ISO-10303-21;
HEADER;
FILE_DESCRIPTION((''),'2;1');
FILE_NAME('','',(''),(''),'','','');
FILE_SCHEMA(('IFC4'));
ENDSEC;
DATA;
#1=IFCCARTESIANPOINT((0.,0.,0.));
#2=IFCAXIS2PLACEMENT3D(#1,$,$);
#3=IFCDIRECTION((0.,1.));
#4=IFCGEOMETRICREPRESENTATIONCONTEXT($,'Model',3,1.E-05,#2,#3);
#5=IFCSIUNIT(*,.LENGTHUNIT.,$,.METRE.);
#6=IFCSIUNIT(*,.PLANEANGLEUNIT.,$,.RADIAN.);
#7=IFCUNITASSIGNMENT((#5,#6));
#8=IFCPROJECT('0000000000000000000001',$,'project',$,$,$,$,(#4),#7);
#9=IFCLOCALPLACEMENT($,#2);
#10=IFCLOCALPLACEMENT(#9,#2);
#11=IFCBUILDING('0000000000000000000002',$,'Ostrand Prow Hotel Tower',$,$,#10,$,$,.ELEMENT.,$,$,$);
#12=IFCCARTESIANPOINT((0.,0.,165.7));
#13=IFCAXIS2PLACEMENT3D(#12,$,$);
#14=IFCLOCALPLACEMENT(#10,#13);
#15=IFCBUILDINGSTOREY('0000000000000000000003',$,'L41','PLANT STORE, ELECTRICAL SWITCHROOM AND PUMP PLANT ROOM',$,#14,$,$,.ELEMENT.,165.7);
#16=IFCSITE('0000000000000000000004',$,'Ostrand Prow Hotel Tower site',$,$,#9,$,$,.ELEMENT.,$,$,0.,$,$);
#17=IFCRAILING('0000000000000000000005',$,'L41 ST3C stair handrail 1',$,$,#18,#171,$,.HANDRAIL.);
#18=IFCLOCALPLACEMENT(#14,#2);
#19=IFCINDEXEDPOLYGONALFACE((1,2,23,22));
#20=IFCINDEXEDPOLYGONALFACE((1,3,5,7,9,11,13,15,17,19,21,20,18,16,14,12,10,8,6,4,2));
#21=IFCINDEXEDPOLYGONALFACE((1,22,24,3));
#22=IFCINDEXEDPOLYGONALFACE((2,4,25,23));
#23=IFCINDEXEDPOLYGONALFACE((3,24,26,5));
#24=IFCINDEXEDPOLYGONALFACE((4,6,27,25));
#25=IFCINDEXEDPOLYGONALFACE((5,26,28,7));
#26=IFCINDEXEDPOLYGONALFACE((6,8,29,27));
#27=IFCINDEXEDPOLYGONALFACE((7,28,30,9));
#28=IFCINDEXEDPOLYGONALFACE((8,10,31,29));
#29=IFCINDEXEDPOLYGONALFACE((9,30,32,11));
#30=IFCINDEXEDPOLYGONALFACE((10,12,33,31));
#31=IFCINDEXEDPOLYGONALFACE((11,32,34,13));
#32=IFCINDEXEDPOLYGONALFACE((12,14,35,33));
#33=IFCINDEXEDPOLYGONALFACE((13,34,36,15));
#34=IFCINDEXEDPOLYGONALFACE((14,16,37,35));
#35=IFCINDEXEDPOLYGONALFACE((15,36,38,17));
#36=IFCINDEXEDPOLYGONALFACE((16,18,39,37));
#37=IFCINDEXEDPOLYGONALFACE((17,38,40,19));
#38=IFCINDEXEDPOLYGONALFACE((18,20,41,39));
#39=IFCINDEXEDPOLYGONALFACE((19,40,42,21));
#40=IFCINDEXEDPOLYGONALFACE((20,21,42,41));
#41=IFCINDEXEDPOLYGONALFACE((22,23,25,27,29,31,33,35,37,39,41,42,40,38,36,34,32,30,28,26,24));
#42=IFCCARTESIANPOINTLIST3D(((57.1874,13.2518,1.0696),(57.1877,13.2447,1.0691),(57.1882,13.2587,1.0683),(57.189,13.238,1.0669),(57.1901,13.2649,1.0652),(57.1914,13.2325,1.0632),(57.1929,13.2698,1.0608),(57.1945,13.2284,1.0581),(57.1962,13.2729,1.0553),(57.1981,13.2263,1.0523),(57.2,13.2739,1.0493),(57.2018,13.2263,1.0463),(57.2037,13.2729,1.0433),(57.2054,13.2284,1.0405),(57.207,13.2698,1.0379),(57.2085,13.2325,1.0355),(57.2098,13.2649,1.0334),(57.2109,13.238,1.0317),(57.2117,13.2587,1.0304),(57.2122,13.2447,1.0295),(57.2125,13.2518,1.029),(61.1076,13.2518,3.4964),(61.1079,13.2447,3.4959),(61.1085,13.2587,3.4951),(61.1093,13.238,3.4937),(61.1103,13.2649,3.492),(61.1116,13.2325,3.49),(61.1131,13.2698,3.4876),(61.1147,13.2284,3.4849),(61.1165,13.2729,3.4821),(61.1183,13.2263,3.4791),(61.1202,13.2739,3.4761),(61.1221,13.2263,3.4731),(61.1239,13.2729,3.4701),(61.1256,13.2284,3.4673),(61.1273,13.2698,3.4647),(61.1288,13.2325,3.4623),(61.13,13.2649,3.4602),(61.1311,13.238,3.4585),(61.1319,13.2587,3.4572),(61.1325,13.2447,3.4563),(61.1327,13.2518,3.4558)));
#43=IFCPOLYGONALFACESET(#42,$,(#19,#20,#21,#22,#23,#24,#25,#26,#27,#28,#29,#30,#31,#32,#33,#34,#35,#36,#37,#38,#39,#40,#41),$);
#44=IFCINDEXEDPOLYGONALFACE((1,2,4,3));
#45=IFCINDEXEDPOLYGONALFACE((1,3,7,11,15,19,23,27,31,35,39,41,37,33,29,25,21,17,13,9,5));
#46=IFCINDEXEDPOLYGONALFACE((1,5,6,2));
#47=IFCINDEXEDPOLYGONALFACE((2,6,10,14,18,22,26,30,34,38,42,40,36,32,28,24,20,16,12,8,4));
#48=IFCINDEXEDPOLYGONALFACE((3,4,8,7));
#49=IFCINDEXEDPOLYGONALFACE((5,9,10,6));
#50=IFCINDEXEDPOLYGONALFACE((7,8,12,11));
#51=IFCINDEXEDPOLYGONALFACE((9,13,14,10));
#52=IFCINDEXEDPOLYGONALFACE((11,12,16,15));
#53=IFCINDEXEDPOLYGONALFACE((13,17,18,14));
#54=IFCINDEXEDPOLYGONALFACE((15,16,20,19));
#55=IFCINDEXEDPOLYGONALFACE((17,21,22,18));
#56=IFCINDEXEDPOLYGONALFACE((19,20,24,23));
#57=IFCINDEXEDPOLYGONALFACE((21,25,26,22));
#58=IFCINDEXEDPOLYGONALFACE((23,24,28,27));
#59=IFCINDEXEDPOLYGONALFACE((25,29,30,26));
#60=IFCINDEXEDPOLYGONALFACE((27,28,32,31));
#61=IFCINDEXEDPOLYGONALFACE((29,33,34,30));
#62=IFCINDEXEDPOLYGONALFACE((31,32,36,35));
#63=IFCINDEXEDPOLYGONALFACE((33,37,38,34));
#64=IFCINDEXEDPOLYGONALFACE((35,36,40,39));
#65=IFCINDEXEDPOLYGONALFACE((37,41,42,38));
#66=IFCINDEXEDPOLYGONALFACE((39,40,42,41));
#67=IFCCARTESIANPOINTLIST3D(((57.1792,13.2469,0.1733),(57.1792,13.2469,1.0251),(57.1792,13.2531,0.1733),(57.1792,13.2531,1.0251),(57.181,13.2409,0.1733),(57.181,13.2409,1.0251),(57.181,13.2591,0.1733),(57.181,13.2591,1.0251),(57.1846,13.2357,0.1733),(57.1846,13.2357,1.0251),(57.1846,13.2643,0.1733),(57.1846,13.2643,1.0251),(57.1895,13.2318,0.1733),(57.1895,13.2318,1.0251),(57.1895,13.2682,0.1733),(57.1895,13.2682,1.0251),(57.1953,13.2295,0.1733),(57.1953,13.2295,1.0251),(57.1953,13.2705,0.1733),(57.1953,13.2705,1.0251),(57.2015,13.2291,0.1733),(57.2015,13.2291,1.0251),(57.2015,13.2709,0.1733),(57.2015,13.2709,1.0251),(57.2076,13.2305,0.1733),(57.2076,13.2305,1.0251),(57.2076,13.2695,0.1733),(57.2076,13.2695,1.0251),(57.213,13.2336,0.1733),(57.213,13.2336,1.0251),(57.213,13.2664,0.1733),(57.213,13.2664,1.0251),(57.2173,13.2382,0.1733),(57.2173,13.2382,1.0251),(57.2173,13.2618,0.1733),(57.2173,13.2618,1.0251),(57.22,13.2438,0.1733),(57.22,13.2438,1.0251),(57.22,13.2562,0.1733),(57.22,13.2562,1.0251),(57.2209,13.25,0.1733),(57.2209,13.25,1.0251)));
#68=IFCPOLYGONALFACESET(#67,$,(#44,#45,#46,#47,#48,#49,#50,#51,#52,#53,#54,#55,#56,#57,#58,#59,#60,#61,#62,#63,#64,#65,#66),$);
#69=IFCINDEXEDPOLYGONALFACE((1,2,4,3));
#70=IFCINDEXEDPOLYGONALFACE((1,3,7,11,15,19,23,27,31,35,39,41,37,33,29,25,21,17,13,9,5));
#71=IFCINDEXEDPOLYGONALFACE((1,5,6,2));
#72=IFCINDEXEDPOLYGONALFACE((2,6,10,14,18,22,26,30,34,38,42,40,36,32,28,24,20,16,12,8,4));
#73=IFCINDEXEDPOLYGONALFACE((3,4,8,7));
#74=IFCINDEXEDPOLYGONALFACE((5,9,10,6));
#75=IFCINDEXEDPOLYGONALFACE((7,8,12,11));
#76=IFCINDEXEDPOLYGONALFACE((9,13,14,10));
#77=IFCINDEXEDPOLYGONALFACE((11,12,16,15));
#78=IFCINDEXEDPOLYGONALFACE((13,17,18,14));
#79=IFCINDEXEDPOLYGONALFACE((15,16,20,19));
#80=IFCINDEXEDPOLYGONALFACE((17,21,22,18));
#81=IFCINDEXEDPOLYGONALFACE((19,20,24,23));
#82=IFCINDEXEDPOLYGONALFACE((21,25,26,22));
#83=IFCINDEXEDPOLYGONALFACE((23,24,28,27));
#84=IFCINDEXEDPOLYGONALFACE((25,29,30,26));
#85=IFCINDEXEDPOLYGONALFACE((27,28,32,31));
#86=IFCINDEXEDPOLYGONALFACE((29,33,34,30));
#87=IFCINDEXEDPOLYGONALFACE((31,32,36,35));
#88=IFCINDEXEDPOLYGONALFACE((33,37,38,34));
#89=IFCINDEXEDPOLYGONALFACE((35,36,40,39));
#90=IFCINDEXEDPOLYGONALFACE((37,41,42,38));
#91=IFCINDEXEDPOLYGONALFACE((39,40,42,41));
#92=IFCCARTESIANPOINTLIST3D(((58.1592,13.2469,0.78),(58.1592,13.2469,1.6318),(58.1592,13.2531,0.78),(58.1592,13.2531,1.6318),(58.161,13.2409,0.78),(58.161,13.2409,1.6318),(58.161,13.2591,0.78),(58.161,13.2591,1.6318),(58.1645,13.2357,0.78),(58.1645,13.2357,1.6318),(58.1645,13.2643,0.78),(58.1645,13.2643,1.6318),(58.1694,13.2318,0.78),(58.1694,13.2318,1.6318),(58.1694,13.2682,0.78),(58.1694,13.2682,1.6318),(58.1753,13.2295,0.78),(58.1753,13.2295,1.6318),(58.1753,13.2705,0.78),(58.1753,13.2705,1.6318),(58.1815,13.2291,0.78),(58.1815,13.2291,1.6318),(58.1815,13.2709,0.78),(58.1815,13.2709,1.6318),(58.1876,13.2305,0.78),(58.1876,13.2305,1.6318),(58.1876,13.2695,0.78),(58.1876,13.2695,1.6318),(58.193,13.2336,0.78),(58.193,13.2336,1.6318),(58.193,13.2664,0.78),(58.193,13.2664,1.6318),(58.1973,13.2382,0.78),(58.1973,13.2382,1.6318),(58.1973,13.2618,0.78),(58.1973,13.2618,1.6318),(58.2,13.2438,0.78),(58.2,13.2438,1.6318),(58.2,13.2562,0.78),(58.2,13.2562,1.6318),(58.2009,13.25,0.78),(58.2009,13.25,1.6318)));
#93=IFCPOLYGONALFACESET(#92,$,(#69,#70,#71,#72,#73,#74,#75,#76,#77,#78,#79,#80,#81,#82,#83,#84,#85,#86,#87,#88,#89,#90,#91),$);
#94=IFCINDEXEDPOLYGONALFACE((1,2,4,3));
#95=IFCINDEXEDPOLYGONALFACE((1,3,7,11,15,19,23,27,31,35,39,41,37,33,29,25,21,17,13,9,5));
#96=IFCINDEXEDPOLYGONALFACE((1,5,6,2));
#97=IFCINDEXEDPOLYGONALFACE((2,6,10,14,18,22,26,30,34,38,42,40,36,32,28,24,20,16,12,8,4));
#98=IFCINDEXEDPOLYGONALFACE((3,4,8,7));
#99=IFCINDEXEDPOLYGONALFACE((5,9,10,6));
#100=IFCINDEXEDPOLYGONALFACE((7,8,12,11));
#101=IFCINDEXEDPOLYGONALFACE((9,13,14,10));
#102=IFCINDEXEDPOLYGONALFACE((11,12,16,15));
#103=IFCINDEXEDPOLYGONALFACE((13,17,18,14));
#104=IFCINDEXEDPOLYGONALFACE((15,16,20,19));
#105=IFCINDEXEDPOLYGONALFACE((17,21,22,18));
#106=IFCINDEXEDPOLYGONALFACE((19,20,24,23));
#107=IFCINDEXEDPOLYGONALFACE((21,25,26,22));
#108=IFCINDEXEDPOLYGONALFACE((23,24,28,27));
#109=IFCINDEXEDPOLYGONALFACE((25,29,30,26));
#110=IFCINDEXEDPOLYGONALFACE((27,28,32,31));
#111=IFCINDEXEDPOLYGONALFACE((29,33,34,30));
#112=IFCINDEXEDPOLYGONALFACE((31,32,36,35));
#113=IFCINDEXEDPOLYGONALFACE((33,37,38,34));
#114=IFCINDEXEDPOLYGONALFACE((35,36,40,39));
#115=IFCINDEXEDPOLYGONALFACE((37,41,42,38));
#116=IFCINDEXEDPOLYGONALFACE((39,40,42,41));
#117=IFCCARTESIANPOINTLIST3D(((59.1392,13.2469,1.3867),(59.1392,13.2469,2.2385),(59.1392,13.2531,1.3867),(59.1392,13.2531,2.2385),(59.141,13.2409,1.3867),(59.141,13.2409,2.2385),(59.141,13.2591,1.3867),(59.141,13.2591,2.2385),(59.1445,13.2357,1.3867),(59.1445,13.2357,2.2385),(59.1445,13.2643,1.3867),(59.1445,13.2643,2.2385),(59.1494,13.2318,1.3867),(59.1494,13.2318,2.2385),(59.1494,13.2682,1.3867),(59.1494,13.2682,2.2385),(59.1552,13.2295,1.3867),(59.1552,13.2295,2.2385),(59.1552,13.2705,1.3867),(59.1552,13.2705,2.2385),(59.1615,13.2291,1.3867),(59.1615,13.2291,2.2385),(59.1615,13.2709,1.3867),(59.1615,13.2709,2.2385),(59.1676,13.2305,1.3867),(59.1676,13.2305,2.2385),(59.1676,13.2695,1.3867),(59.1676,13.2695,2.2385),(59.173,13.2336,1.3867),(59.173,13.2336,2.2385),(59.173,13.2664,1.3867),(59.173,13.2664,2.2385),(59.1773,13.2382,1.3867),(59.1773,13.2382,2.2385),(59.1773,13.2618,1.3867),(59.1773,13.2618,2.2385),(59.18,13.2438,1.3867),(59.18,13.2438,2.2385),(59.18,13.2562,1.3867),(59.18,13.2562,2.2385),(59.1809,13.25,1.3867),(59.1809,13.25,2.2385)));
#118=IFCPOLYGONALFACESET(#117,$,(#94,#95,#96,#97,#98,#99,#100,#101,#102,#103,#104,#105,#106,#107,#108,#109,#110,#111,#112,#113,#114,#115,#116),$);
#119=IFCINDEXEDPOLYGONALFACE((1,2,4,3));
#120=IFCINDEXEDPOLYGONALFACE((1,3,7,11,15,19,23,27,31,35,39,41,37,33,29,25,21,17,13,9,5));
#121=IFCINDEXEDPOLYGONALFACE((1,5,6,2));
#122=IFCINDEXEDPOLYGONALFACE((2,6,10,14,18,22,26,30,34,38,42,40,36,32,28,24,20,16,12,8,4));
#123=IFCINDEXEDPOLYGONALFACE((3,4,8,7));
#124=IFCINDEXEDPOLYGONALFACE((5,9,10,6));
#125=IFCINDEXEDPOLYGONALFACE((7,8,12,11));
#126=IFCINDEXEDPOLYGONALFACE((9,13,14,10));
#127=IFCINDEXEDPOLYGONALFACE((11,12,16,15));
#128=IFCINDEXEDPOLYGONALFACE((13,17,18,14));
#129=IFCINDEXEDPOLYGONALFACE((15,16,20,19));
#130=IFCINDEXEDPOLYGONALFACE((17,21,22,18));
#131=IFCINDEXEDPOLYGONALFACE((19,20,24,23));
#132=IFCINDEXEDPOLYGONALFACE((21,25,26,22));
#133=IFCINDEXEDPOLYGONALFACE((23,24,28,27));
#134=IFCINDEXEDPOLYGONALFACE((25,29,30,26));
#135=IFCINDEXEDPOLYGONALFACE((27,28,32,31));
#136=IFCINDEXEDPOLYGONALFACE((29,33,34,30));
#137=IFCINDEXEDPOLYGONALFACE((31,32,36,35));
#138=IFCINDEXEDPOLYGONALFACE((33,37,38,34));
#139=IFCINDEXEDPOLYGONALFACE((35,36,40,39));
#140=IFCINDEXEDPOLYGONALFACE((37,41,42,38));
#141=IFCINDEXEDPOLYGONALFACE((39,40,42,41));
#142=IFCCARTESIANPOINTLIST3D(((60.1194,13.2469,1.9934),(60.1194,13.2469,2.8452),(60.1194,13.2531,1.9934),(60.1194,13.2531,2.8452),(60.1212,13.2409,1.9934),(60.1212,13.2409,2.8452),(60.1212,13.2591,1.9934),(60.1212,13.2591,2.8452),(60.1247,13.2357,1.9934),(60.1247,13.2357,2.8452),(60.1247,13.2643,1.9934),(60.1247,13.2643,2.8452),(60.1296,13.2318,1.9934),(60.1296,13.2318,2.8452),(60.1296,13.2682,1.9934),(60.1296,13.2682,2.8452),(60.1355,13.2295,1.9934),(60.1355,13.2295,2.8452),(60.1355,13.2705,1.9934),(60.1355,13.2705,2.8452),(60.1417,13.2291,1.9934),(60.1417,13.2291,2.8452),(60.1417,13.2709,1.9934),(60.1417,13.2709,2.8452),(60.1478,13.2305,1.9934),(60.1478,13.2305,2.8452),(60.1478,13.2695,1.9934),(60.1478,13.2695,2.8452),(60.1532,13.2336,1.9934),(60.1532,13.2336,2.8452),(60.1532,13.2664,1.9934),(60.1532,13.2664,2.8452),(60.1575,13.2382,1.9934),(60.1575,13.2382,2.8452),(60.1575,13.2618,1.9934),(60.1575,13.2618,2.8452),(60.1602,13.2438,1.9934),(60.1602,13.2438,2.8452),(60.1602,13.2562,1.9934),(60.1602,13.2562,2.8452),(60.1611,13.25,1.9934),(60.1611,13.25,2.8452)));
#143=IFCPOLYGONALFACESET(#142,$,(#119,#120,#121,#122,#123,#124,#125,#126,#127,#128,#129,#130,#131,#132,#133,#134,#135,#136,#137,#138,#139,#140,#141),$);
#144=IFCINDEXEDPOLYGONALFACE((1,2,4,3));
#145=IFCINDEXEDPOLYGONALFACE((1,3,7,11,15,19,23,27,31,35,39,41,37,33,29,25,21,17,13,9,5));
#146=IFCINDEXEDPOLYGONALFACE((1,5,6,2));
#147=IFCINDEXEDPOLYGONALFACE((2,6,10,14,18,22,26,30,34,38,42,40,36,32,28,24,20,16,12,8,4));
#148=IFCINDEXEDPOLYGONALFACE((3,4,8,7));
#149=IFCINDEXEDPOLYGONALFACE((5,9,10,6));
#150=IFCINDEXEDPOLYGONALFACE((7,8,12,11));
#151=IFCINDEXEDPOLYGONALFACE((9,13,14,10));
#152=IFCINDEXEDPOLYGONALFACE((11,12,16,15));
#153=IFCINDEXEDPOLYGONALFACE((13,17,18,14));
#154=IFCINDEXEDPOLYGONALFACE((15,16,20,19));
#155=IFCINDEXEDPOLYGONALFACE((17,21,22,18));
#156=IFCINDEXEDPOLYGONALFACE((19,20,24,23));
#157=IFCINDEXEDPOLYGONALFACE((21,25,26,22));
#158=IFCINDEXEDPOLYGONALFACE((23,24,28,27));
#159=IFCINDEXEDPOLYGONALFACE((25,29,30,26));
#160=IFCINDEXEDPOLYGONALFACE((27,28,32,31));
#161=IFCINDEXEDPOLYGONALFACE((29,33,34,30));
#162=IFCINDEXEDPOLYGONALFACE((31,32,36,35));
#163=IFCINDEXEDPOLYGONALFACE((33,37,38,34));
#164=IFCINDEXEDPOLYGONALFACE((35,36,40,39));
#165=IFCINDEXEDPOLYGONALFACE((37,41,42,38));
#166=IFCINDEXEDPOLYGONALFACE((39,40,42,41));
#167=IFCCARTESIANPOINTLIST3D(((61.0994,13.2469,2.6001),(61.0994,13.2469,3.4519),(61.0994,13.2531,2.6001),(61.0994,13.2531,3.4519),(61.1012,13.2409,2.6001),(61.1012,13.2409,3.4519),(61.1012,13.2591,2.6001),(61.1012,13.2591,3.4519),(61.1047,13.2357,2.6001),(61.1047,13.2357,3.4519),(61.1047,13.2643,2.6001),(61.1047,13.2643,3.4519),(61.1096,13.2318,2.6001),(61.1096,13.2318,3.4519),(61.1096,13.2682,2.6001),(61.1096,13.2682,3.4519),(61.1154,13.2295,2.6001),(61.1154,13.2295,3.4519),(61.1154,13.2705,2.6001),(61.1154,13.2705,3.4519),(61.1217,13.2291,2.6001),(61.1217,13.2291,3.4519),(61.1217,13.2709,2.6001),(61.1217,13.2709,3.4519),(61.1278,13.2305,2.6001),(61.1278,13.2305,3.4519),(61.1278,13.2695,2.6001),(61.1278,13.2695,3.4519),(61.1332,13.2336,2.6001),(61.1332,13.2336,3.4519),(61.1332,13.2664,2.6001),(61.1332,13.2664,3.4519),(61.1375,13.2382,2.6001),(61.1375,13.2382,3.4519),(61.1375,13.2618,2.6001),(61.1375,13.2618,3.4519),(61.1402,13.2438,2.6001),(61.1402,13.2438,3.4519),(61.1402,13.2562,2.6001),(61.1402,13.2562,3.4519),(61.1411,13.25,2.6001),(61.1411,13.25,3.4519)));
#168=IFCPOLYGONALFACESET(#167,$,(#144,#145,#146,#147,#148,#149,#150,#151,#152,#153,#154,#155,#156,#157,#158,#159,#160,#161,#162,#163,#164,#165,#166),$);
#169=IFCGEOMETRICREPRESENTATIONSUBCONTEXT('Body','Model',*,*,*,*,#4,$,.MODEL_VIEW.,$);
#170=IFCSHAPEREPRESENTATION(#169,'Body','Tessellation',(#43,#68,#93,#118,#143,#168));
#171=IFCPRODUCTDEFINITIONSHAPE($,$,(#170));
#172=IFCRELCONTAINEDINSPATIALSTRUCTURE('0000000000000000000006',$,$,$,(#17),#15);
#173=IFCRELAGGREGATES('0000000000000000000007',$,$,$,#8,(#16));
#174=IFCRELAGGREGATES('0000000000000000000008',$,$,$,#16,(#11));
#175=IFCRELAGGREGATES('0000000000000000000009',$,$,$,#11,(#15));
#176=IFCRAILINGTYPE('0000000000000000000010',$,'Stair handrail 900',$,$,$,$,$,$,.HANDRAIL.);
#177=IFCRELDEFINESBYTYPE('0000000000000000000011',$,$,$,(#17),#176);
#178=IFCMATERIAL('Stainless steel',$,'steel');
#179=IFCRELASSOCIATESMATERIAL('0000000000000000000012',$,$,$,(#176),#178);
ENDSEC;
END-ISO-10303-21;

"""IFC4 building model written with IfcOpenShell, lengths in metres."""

from ifc_helpers import new_model, si_unit, direction, frame, origin, origin_2d, place, context, subcontext, project, spatial, circle, extrude, material, type_object, element, save


model = new_model("IFC4")

# Units and contexts
model_context = context("Model", 3, precision=1e-05, world=origin(), true_north=direction((0.0, 1.0)))
body_context = subcontext(model_context, "Body", "Model", "MODEL_VIEW")
ifc_project = project(units=[si_unit("LENGTHUNIT", "METRE"), si_unit("PLANEANGLEUNIT", "RADIAN")], contexts=[model_context])

# Site, building, storey
site_placement = place(None, origin())
site = spatial("IfcSite", under=ifc_project, at=site_placement, Name="Ostrand Prow Hotel Tower site", CompositionType="ELEMENT", RefElevation=0.0)
building_placement = place(site_placement, origin())
building = spatial("IfcBuilding", under=site, at=building_placement, Name="Ostrand Prow Hotel Tower", CompositionType="ELEMENT")
storey_placement = place(building_placement, frame((0.0, 0.0, 165.7)))
storey = spatial("IfcBuildingStorey", under=building, at=storey_placement, Name="L41", Description="PLANT STORE, ELECTRICAL SWITCHROOM AND PUMP PLANT ROOM", CompositionType="ELEMENT", Elevation=165.7)

# Railing
ifc_material_1 = material(Name="Stainless steel", Category="steel")
railing_type_1 = type_object("IfcRailingType", Name="Stair handrail 900", PredefinedType="HANDRAIL", material=ifc_material_1)
railing_1_placement = place(storey_placement, frame((57.2, 13.25, 0.1733)))
element("IfcRailing", 1, at=railing_1_placement, inside=storey, type_object=railing_type_1, Name="L41 ST3C stair handrail 1", PredefinedType="HANDRAIL", context=body_context, shape_type="SweptSolid", body=[
    extrude(circle(Radius=0.0239, at=origin_2d()), frame((0.0, 0.0, 0.876), z_axis=(0.850266, 0.0, 0.526353), x_axis=(0.0, 1.0, 0.0)), (0.0, 0.0, 1.0), 4.6106),
    extrude(circle(Radius=0.021, at=origin_2d()), origin(), (0.0, 0.0, 1.0), 0.8518),
    extrude(circle(Radius=0.021, at=origin_2d()), frame((0.98, 0.0, 0.6067)), (0.0, 0.0, 1.0), 0.8518),
    extrude(circle(Radius=0.021, at=origin_2d()), frame((1.96, 0.0, 1.2134)), (0.0, 0.0, 1.0), 0.8518),
    extrude(circle(Radius=0.021, at=origin_2d()), frame((2.9402, 0.0, 1.8201)), (0.0, 0.0, 1.0), 0.8518),
    extrude(circle(Radius=0.021, at=origin_2d()), frame((3.9202, 0.0, 2.4268)), (0.0, 0.0, 1.0), 0.8518),
])

save(model, "model.ifc")
